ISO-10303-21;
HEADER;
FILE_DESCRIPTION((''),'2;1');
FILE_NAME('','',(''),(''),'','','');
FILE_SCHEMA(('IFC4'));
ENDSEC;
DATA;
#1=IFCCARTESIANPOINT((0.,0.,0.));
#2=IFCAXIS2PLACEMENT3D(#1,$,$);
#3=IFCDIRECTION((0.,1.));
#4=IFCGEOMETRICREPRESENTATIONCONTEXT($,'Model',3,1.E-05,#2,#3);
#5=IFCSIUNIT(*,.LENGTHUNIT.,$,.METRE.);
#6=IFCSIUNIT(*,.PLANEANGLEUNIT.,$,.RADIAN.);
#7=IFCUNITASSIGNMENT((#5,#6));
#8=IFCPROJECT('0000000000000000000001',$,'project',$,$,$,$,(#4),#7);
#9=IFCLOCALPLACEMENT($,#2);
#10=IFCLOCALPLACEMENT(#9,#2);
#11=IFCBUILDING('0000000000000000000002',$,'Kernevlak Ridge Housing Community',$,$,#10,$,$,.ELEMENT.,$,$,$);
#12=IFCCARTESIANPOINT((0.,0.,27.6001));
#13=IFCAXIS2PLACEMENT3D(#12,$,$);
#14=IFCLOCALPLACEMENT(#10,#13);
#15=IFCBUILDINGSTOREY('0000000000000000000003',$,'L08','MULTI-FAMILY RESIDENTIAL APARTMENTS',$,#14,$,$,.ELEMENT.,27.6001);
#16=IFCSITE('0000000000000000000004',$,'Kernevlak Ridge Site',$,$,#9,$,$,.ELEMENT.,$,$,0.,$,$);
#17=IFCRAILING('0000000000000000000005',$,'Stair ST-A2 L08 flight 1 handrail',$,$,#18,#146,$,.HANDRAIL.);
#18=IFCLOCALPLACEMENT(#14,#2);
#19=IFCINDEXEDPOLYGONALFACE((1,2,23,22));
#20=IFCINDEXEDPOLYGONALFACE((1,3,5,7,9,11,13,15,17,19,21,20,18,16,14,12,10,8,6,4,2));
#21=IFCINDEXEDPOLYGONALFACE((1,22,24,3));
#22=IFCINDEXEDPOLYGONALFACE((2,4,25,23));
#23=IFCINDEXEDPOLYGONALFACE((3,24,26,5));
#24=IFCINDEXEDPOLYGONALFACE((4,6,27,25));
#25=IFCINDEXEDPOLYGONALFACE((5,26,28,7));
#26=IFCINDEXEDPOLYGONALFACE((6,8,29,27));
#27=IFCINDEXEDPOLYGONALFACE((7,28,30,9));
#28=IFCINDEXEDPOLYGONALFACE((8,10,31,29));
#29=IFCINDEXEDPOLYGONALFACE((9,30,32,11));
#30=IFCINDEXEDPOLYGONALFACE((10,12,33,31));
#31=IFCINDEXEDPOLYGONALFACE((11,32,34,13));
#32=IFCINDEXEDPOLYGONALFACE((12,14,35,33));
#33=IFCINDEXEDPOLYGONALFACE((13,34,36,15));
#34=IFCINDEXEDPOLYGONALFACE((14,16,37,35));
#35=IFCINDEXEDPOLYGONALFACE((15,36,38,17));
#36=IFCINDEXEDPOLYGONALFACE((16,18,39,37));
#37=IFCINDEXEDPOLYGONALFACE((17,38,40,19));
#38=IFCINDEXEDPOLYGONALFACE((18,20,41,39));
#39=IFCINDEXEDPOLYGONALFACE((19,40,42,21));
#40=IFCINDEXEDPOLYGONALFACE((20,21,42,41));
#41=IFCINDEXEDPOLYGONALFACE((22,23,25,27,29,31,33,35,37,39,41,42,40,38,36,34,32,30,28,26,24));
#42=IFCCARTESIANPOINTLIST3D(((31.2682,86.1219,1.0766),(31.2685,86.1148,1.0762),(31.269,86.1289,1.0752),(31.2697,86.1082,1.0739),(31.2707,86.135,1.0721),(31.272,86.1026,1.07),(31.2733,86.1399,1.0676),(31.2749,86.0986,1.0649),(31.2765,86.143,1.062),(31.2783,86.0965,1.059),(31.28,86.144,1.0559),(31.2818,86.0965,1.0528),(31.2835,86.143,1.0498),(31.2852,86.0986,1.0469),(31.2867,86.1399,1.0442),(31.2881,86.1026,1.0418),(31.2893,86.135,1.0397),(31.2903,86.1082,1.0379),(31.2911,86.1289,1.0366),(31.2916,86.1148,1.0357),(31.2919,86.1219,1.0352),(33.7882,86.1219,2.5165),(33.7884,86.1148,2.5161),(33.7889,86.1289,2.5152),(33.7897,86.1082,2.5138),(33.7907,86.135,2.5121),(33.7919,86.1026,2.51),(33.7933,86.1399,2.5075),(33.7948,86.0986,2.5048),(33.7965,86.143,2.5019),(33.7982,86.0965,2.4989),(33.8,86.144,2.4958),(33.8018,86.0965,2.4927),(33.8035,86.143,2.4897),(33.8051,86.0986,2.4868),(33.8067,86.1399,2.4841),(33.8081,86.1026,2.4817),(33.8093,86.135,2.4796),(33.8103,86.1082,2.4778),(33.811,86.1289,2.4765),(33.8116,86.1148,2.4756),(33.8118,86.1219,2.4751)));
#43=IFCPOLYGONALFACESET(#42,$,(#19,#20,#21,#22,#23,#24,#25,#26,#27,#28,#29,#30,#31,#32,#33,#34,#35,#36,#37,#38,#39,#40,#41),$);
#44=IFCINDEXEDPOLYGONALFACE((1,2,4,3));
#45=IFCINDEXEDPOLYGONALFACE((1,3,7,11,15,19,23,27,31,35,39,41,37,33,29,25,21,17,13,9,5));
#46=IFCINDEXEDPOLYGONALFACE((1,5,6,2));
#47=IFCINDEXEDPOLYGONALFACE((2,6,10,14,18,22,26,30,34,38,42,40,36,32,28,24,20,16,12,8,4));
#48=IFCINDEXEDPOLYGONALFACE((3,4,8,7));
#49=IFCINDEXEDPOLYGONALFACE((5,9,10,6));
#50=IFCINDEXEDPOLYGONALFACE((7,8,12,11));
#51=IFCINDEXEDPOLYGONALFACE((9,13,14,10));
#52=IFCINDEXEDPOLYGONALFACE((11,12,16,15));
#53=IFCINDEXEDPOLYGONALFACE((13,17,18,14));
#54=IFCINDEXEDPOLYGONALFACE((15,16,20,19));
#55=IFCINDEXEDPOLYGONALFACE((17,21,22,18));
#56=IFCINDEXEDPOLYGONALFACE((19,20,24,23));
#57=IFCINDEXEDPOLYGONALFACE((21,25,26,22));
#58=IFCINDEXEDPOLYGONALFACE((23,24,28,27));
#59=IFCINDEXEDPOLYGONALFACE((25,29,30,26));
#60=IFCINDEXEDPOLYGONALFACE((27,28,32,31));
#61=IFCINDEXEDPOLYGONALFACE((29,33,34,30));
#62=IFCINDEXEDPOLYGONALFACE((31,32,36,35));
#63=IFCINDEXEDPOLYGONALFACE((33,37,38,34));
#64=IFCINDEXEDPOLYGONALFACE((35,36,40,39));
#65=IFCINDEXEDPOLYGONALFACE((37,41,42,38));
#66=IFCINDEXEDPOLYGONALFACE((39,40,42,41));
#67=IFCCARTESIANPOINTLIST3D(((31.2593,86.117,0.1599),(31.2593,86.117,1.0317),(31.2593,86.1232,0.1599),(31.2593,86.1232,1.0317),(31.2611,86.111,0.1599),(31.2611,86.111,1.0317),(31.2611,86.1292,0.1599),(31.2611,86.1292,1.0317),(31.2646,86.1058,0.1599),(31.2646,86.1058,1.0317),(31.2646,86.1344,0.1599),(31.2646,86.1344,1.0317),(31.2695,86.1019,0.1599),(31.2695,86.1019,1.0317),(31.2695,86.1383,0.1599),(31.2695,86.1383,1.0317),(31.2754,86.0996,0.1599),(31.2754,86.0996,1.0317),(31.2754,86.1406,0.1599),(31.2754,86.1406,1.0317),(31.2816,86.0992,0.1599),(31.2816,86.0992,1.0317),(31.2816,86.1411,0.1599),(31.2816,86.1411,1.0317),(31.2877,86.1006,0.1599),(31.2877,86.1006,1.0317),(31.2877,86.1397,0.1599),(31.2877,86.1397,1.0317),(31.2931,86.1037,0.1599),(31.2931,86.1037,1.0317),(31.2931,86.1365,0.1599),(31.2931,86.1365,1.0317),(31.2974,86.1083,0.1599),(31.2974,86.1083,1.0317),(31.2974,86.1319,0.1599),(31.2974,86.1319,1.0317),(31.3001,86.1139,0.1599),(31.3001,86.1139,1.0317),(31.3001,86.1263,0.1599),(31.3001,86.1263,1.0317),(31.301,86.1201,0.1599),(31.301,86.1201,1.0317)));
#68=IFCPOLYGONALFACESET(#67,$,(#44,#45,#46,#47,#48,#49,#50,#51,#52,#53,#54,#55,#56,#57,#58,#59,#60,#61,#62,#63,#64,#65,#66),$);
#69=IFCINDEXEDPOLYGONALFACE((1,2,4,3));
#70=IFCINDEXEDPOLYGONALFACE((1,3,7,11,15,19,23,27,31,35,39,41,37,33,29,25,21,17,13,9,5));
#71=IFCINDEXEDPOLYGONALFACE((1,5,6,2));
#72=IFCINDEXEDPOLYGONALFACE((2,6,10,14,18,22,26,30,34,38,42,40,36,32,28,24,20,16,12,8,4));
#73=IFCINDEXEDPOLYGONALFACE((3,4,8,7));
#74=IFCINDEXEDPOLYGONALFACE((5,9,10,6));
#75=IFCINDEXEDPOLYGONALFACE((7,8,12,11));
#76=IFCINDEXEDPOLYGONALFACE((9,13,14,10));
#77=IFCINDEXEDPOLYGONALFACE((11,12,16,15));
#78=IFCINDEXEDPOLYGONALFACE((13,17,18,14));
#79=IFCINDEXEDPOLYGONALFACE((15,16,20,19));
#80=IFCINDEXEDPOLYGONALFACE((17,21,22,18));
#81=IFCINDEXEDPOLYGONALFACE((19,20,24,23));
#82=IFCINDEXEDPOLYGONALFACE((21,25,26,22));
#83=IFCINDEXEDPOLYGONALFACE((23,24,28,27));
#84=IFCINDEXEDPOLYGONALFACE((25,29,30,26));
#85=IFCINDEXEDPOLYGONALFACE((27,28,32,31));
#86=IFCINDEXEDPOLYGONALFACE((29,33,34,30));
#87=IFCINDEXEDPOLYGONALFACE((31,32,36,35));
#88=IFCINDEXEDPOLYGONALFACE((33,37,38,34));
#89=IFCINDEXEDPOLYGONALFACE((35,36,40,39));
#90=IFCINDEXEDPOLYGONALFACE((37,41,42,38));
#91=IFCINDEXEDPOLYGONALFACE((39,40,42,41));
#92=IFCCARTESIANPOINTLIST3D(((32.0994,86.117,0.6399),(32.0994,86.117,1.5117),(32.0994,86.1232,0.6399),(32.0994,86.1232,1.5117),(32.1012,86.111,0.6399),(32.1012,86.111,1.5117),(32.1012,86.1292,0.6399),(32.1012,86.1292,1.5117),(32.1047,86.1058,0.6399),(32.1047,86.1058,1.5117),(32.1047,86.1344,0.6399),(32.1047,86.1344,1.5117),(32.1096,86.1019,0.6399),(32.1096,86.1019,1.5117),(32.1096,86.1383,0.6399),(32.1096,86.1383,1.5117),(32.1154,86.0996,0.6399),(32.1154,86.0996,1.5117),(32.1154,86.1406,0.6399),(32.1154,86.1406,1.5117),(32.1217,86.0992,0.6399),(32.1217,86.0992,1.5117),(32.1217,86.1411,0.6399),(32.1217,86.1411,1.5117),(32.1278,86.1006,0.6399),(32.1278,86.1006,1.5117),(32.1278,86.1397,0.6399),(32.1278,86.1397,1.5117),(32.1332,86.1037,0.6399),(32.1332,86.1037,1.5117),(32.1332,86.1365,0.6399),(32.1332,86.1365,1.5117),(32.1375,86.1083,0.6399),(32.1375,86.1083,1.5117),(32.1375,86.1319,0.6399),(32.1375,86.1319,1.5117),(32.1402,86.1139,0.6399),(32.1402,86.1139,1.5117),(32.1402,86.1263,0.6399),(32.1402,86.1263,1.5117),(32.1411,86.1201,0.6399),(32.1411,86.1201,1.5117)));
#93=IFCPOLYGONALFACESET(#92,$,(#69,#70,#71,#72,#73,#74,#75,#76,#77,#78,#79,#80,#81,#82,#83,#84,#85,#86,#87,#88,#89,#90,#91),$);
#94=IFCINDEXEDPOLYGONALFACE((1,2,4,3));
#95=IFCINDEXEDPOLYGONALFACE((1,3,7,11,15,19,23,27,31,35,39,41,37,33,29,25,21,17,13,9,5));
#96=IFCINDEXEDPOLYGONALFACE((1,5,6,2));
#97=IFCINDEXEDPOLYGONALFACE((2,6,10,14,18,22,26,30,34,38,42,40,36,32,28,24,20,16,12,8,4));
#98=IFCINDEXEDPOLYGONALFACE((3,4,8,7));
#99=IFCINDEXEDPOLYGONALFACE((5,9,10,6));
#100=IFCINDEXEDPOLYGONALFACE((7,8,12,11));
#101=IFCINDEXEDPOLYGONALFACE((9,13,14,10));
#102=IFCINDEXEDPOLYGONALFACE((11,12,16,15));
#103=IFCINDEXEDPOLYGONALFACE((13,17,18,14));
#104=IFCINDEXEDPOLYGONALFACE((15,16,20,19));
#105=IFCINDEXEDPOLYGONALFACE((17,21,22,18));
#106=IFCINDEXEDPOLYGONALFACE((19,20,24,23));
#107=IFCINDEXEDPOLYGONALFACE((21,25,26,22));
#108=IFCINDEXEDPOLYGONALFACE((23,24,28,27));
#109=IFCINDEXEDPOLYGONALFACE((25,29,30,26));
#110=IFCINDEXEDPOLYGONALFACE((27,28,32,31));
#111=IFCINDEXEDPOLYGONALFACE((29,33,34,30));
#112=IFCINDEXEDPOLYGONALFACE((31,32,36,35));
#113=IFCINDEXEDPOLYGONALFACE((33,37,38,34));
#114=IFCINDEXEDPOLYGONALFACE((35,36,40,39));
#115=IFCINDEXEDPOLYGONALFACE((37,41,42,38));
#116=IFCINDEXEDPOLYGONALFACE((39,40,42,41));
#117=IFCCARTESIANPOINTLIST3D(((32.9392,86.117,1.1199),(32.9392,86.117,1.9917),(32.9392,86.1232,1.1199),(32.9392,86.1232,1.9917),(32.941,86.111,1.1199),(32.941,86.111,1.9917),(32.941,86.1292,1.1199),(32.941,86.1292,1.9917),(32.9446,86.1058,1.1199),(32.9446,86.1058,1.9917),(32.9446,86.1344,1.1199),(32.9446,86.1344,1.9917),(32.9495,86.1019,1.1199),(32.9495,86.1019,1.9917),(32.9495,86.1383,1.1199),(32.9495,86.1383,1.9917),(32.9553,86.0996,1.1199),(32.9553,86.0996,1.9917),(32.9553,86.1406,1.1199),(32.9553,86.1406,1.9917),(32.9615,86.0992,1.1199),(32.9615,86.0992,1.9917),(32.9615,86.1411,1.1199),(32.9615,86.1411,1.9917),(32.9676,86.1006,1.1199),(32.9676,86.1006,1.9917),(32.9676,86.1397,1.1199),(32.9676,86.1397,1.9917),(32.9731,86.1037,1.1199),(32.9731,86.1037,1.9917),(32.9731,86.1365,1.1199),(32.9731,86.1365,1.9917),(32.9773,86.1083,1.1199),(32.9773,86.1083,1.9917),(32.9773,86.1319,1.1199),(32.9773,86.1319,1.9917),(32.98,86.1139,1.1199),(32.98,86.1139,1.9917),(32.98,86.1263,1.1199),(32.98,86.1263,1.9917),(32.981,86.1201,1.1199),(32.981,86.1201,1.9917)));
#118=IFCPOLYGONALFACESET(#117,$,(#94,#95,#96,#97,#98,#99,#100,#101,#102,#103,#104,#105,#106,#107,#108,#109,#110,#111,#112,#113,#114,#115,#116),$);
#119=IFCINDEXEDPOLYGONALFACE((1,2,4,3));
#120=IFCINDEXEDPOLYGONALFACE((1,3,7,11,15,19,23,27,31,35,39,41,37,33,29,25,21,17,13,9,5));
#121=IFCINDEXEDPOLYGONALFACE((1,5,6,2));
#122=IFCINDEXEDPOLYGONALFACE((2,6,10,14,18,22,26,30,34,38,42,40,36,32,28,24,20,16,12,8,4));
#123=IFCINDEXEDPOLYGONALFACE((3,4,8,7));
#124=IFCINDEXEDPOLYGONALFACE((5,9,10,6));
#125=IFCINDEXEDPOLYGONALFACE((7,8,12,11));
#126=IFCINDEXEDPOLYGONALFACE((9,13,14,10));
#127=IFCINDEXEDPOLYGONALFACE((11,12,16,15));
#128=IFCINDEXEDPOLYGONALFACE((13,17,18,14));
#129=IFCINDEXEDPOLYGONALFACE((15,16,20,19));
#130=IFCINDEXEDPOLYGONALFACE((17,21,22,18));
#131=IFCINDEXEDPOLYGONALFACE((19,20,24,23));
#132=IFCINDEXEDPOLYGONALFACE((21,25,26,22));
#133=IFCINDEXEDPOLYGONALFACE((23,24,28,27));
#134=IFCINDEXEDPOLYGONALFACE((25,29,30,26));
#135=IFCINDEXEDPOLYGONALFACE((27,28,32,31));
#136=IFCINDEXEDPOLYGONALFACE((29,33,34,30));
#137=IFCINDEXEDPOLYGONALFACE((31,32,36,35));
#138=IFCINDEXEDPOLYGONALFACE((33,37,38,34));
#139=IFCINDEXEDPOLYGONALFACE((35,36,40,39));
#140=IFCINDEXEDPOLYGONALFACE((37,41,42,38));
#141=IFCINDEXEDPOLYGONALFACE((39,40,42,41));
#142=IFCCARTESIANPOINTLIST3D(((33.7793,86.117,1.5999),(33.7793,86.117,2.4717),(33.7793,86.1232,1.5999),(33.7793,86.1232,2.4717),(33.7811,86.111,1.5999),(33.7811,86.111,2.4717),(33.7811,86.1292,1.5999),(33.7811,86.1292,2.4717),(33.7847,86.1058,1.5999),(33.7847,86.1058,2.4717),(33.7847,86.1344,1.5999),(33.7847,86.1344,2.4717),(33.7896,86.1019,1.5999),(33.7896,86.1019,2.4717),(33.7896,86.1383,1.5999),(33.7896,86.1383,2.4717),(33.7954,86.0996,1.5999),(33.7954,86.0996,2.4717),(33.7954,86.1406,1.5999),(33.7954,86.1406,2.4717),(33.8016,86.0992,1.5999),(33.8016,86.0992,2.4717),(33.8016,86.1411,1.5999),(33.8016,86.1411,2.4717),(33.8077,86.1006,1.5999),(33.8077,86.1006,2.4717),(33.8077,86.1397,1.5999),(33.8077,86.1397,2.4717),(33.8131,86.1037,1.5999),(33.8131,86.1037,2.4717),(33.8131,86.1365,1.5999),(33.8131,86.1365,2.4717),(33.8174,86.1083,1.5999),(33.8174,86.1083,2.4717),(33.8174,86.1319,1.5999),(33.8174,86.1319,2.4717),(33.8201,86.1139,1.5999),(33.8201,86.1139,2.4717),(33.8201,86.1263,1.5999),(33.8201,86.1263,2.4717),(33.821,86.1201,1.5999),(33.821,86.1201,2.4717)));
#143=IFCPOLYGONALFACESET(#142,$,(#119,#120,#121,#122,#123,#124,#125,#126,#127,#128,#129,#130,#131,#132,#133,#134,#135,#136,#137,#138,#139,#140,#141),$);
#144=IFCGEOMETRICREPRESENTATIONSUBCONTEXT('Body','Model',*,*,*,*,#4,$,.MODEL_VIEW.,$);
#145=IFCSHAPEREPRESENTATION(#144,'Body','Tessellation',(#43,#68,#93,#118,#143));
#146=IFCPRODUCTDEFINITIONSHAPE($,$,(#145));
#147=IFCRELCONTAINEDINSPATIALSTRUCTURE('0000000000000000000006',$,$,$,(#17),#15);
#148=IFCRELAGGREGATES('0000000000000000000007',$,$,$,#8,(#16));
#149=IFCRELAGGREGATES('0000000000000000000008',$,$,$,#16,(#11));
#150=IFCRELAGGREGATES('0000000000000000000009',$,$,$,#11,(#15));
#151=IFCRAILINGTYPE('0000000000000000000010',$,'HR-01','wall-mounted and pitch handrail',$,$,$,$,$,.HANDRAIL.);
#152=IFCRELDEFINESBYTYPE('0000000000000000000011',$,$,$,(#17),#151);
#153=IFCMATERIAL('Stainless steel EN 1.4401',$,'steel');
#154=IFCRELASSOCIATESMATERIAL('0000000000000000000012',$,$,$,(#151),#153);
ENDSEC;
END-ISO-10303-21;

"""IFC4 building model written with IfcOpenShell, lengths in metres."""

from ifc_helpers import new_model, si_unit, direction, frame, origin, origin_2d, place, context, subcontext, project, spatial, circle, extrude, material, type_object, element, save


model = new_model("IFC4")

# Units and contexts
model_context = context("Model", 3, precision=1e-05, world=origin(), true_north=direction((0.0, 1.0)))
body_context = subcontext(model_context, "Body", "Model", "MODEL_VIEW")
ifc_project = project(units=[si_unit("LENGTHUNIT", "METRE"), si_unit("PLANEANGLEUNIT", "RADIAN")], contexts=[model_context])

# Site, building, storey
site_placement = place(None, origin())
site = spatial("IfcSite", under=ifc_project, at=site_placement, Name="Kernevlak Ridge Site", CompositionType="ELEMENT", RefElevation=0.0)
building_placement = place(site_placement, origin())
building = spatial("IfcBuilding", under=site, at=building_placement, Name="Kernevlak Ridge Housing Community", CompositionType="ELEMENT")
storey_placement = place(building_placement, frame((0.0, 0.0, 27.6001)))
storey = spatial("IfcBuildingStorey", under=building, at=storey_placement, Name="L08", Description="MULTI-FAMILY RESIDENTIAL APARTMENTS", CompositionType="ELEMENT", Elevation=27.6001)

# Railing
ifc_material_1 = material(Name="Stainless steel EN 1.4401", Category="steel")
railing_type_1 = type_object("IfcRailingType", Name="HR-01", Description="wall-mounted and pitch handrail", PredefinedType="HANDRAIL", material=ifc_material_1)
railing_1_placement = place(storey_placement, frame((31.28, 86.1201, 0.1599)))
element("IfcRailing", 1, at=railing_1_placement, inside=storey, type_object=railing_type_1, Name="Stair ST-A2 L08 flight 1 handrail", PredefinedType="HANDRAIL", context=body_context, shape_type="SweptSolid", body=[
    extrude(circle(Radius=0.0239, at=origin_2d()), frame((0.0, 0.0, 0.896), z_axis=(0.868253, 0.0, 0.496121), x_axis=(0.0, 1.0, 0.0)), (0.0, 0.0, 1.0), 2.9023),
    extrude(circle(Radius=0.021, at=origin_2d()), origin(), (0.0, 0.0, 1.0), 0.8718),
    extrude(circle(Radius=0.021, at=origin_2d()), frame((0.8401, 0.0, 0.48)), (0.0, 0.0, 1.0), 0.8718),
    extrude(circle(Radius=0.021, at=origin_2d()), frame((1.6799, 0.0, 0.96)), (0.0, 0.0, 1.0), 0.8718),
    extrude(circle(Radius=0.021, at=origin_2d()), frame((2.52, 0.0, 1.4399)), (0.0, 0.0, 1.0), 0.8718),
])

save(model, "model.ifc")
